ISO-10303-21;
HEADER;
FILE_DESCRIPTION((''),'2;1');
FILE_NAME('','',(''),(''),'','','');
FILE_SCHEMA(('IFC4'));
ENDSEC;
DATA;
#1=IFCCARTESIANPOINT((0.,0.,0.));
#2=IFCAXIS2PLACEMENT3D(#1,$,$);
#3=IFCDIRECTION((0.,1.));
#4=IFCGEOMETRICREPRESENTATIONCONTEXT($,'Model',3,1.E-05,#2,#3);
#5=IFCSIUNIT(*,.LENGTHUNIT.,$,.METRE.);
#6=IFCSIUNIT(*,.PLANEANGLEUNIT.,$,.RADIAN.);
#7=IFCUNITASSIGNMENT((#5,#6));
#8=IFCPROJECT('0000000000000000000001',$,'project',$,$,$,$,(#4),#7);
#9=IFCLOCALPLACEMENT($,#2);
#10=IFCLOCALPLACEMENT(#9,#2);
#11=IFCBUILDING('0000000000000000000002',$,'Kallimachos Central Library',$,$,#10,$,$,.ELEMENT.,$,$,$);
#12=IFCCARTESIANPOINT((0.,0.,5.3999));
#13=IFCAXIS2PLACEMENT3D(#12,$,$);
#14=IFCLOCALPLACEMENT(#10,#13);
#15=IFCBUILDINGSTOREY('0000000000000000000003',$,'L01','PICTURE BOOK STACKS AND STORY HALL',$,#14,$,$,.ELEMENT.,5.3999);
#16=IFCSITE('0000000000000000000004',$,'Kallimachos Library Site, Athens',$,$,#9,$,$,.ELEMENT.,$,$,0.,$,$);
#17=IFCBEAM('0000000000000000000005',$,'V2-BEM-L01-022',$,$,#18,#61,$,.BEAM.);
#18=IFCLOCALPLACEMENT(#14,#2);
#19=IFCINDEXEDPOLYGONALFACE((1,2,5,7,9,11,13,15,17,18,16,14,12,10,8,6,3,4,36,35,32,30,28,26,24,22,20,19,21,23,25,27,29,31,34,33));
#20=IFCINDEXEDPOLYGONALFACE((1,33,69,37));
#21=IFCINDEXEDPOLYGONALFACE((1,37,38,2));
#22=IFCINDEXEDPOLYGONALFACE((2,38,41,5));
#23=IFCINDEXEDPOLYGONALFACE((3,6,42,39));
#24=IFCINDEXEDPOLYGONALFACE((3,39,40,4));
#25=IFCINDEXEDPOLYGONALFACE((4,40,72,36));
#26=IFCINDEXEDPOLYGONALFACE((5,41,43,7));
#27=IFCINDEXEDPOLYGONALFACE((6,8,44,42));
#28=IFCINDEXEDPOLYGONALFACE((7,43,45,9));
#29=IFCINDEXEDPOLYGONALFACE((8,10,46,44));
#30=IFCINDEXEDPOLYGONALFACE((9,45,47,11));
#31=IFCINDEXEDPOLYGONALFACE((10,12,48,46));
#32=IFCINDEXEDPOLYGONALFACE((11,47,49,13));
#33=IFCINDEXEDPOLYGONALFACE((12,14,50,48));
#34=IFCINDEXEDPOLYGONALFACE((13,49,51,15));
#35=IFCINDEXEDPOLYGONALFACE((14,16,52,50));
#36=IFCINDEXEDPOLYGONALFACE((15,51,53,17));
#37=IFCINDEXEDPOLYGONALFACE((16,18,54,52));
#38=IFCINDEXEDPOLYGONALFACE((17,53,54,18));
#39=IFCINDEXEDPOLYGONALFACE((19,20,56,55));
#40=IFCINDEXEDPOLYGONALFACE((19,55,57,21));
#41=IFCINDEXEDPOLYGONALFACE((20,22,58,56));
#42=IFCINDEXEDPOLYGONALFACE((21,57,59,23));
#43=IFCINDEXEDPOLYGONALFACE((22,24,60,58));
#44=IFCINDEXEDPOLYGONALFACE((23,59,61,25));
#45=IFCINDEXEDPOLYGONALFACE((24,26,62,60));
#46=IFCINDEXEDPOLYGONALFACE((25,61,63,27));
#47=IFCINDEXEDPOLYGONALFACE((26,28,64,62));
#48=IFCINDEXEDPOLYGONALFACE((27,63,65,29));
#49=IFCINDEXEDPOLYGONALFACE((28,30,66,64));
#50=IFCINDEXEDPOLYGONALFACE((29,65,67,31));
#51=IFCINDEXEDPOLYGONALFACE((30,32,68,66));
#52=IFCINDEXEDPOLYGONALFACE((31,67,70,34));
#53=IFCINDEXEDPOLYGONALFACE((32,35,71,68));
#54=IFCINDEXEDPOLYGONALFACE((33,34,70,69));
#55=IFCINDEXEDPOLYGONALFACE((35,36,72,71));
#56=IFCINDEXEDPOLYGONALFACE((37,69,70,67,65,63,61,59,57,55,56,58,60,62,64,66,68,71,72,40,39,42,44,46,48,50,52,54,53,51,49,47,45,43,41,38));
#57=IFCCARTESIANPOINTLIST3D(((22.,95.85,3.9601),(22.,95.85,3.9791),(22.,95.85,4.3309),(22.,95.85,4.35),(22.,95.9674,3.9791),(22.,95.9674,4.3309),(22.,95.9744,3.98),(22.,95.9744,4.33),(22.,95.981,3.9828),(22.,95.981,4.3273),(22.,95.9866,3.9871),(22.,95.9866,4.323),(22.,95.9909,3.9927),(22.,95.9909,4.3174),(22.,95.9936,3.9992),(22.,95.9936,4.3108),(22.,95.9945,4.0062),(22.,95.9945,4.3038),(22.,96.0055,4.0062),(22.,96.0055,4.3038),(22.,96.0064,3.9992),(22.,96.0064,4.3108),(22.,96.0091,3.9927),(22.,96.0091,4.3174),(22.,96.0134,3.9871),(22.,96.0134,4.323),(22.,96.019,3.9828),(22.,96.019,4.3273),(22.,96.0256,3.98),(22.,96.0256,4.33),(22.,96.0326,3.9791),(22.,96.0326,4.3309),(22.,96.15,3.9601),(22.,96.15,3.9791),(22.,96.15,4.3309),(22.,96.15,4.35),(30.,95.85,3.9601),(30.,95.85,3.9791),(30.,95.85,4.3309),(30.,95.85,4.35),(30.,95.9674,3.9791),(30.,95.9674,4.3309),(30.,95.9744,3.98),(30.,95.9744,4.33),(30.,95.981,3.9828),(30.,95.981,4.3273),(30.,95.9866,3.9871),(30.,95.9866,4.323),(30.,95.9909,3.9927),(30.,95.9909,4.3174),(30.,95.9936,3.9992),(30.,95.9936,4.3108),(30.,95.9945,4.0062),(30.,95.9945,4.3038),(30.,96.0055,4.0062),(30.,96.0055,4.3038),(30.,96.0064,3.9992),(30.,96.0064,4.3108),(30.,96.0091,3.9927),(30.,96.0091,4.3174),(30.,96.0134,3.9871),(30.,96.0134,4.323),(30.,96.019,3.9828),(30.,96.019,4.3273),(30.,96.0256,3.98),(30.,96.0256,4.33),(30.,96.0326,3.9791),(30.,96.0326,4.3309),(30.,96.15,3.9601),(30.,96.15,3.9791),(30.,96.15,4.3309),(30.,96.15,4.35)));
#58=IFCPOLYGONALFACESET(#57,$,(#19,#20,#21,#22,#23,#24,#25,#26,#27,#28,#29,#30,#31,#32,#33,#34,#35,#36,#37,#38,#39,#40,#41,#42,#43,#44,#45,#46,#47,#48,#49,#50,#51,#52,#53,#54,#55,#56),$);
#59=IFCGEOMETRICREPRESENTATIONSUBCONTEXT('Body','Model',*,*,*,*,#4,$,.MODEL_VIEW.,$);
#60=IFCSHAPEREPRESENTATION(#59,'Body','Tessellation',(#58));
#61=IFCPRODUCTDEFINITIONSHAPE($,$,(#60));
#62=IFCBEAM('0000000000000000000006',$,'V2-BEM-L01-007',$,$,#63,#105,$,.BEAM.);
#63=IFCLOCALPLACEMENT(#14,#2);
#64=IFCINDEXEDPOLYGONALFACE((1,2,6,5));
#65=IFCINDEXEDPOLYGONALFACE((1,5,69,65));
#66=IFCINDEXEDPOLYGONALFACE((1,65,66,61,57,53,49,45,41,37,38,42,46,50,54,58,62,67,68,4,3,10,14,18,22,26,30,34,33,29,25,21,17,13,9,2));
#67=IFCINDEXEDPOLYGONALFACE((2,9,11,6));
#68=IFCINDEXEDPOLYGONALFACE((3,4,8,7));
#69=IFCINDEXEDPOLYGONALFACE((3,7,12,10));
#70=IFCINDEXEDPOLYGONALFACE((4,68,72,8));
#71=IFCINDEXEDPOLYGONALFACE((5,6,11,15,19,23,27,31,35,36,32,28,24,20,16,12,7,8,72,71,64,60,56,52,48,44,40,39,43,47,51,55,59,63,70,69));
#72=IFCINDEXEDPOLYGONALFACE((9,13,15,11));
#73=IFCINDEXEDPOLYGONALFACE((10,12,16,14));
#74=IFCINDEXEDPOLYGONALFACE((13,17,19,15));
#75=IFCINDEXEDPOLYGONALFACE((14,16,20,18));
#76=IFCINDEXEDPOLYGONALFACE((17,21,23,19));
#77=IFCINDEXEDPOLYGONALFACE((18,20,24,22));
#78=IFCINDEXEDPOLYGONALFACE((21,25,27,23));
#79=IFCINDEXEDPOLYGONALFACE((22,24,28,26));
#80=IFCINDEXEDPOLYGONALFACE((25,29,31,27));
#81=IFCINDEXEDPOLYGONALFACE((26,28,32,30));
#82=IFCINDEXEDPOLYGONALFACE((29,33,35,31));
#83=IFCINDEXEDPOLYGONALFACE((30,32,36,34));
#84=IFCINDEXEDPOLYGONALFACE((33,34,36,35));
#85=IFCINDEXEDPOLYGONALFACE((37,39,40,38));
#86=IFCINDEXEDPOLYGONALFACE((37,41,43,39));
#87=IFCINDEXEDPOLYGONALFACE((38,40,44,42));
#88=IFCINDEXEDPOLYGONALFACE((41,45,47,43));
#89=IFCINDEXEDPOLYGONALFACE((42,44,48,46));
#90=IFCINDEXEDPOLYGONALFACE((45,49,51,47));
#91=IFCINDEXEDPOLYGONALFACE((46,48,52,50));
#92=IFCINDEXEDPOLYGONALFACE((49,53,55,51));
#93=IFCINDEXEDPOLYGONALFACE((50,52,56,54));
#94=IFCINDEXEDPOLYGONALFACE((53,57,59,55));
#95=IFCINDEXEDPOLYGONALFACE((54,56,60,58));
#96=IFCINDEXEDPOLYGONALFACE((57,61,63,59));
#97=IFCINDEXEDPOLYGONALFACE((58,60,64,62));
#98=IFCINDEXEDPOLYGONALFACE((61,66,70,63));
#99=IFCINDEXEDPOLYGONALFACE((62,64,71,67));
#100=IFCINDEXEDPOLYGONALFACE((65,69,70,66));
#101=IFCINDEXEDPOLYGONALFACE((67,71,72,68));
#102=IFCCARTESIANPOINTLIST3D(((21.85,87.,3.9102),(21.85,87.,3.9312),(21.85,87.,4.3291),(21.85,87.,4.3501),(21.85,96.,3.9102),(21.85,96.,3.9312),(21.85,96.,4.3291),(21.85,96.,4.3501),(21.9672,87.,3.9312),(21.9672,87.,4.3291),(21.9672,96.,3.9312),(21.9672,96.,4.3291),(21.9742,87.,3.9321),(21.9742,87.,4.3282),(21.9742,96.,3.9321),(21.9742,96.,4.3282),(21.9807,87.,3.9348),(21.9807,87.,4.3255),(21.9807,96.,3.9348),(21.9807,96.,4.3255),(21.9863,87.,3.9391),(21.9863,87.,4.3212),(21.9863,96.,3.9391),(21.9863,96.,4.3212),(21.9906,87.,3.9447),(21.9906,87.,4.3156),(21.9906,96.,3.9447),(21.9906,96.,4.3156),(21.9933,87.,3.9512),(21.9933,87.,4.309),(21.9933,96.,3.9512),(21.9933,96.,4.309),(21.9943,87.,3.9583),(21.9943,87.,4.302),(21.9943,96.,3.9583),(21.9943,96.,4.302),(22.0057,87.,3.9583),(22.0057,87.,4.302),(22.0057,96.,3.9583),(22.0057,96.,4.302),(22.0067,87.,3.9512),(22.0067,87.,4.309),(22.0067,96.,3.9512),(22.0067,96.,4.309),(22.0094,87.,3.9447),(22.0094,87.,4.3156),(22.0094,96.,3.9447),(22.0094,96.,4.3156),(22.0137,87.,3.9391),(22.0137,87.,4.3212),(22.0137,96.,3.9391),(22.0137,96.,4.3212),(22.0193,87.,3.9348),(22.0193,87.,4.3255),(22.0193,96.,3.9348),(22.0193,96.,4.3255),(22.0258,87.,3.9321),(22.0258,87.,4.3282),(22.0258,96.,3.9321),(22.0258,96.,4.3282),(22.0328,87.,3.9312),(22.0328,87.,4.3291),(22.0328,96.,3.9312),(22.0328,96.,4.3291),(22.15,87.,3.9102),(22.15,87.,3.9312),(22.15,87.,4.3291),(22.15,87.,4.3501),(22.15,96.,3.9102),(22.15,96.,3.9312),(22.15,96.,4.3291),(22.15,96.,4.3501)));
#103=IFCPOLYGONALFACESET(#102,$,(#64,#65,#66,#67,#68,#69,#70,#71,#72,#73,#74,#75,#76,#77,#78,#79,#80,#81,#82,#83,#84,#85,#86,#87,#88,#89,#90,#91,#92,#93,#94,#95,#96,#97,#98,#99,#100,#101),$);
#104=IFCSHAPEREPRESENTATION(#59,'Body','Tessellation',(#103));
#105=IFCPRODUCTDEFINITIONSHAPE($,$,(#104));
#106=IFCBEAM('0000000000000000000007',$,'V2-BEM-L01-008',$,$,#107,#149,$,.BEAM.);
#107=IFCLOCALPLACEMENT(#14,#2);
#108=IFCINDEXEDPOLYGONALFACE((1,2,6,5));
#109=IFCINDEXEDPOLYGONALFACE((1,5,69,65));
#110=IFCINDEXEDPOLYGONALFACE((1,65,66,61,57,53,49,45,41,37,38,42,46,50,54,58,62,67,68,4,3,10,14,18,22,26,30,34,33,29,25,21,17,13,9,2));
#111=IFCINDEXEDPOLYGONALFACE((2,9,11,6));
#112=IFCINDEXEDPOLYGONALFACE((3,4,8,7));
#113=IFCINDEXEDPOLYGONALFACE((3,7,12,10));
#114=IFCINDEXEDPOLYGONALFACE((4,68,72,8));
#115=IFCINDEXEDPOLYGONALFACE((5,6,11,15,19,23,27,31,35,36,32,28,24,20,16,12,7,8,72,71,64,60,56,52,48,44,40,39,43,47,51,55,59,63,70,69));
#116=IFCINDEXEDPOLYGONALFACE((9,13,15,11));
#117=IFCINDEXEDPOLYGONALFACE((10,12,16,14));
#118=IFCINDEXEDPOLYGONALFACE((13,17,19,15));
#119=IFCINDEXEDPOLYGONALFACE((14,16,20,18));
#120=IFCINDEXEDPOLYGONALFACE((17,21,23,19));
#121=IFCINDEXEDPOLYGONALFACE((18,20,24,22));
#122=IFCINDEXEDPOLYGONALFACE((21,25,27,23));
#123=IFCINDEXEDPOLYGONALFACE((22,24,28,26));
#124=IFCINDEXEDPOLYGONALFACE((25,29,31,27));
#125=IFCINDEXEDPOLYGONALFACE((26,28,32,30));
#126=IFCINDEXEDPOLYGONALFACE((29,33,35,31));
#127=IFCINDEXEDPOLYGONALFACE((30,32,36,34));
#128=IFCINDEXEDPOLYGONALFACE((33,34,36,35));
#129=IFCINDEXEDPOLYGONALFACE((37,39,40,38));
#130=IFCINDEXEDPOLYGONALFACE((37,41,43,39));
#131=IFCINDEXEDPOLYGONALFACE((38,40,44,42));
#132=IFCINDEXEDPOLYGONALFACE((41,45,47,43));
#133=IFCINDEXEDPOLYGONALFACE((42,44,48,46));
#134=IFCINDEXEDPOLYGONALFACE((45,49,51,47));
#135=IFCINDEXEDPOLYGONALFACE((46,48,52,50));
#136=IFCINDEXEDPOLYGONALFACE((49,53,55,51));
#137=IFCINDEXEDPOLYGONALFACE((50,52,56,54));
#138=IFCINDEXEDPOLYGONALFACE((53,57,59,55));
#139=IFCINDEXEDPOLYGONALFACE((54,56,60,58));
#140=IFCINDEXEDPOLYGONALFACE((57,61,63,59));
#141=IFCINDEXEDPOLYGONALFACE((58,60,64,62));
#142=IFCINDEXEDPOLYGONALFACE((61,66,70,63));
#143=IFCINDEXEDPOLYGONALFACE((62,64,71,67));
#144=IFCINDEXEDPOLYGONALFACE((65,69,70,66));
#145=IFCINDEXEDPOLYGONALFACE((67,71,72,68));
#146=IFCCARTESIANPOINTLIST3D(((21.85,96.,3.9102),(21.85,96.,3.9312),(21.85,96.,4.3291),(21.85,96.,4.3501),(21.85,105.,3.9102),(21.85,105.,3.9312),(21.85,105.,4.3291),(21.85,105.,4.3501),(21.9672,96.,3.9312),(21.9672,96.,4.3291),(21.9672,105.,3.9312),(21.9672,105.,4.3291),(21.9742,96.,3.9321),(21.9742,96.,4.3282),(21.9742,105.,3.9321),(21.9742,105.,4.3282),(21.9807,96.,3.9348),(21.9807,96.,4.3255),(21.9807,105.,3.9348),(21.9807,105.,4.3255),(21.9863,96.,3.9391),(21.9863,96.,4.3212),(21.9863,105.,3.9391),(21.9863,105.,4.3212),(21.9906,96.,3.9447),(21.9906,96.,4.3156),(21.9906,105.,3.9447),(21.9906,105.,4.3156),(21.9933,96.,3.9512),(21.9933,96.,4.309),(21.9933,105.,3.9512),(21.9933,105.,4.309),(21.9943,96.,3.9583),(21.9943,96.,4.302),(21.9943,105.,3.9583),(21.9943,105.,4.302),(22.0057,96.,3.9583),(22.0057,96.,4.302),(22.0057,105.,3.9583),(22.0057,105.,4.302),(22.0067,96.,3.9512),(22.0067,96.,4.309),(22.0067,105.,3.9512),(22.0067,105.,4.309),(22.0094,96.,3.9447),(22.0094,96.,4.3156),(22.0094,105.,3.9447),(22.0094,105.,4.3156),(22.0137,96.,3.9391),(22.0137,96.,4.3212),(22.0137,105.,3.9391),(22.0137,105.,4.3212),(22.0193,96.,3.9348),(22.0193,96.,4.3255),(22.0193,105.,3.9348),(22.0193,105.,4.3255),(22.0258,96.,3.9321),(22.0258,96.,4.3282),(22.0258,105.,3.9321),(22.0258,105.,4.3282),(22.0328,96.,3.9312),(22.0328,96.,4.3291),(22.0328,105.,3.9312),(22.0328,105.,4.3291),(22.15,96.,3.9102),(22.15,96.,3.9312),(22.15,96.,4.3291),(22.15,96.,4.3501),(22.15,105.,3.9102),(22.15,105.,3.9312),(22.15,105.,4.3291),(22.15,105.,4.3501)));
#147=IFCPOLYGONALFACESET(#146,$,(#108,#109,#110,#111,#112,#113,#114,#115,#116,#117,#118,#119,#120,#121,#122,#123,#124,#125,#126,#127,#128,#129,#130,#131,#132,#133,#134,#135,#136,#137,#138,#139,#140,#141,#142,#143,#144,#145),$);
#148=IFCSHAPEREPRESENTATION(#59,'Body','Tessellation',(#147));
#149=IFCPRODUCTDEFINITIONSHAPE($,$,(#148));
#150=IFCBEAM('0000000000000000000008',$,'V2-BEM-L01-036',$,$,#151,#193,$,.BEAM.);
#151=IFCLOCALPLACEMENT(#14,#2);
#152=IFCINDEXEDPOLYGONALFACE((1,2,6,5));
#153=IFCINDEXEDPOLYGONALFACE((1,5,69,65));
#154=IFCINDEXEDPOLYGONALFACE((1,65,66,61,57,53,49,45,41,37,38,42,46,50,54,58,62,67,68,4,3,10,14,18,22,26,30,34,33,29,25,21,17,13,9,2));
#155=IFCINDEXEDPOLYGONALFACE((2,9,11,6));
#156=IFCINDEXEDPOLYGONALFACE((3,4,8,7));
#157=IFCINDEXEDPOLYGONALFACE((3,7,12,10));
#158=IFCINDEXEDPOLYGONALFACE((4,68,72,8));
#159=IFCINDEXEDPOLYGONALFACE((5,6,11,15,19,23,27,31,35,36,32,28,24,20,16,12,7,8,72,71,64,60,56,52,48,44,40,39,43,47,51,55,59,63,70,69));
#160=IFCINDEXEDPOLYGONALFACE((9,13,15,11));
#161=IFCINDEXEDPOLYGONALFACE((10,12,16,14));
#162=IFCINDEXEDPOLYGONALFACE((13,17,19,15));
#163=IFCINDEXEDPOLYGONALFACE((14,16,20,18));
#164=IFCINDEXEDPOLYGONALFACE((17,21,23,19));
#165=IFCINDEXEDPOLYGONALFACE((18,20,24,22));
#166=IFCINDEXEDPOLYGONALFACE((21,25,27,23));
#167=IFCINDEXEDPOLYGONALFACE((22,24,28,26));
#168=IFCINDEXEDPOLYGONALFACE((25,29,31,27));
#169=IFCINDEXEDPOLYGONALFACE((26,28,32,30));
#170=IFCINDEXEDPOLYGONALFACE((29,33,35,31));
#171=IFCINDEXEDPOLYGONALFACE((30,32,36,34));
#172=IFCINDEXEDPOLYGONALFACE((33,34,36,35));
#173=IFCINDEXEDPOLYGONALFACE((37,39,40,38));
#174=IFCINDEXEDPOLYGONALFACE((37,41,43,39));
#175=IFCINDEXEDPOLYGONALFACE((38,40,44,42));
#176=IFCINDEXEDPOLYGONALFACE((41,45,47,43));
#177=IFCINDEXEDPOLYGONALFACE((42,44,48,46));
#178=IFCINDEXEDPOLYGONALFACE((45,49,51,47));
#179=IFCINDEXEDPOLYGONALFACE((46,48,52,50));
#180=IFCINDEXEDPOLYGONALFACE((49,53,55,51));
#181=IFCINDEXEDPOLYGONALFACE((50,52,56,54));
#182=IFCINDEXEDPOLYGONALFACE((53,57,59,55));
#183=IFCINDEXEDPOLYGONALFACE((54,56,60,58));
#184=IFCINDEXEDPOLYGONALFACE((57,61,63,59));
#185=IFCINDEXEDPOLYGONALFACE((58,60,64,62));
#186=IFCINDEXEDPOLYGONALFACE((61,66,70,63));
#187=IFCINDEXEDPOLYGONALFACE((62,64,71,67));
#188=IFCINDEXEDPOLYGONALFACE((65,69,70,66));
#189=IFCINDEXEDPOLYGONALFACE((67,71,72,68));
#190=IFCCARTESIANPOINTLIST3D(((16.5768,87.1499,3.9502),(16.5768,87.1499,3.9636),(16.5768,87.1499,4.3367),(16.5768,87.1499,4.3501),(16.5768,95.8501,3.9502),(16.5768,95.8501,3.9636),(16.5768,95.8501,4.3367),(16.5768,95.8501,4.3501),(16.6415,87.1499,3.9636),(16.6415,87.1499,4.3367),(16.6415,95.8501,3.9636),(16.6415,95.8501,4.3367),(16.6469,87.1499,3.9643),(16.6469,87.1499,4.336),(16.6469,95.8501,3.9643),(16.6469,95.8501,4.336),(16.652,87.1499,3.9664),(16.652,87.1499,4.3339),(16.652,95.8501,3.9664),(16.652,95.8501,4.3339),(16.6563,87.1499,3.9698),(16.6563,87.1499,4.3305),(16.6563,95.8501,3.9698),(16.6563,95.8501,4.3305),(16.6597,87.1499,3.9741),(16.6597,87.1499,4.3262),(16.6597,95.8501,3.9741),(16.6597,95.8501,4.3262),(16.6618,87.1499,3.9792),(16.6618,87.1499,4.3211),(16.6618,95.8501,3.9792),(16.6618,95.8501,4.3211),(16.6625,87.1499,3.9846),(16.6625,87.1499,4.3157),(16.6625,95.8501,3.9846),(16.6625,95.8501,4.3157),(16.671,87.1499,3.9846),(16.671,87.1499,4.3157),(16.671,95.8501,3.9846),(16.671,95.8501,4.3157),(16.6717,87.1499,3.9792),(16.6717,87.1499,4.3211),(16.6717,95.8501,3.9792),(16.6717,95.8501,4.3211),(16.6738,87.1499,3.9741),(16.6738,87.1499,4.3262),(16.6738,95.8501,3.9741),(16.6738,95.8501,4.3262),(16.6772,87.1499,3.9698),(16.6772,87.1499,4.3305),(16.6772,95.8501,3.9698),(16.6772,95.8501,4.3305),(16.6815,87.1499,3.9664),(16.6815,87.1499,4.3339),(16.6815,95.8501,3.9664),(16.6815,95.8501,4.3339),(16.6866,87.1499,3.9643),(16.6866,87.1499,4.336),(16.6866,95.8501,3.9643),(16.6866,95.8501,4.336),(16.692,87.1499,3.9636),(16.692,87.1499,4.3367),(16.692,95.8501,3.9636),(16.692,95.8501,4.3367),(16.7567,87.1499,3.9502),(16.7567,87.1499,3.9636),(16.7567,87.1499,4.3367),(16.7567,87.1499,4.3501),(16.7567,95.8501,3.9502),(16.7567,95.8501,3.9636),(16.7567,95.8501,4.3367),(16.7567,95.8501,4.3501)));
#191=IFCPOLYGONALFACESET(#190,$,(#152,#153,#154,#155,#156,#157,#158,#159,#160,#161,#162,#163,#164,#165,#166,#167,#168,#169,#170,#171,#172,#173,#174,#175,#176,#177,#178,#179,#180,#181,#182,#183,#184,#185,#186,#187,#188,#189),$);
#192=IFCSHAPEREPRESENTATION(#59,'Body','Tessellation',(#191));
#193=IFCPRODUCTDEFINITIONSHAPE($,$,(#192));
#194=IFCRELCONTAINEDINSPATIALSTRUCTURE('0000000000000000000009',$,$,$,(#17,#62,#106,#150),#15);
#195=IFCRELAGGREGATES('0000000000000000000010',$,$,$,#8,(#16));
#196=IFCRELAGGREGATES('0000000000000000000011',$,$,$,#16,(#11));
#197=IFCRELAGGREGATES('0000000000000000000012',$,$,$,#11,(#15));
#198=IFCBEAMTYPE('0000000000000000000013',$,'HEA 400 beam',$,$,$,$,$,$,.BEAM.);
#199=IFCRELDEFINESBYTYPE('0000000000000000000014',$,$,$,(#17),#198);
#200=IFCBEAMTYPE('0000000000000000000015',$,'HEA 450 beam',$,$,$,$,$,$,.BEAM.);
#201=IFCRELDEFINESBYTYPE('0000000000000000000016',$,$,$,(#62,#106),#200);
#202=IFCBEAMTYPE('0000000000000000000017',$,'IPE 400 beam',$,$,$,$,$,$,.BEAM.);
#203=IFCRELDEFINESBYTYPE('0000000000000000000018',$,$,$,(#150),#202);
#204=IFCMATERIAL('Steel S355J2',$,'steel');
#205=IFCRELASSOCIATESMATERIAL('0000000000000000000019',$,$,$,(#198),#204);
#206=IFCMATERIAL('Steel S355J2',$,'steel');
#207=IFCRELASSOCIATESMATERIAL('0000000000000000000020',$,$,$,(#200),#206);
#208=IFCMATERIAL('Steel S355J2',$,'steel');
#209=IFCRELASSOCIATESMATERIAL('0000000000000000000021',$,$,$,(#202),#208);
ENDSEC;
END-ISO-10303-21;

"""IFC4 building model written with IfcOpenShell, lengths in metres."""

from ifc_helpers import new_model, si_unit, direction, frame, origin, origin_2d, place, context, subcontext, project, spatial, i_section, extrude, material, material_profile, profile_set, type_object, element, save


model = new_model("IFC4")

# Units and contexts
model_context = context("Model", 3, precision=1e-05, world=origin(), true_north=direction((0.0, 1.0)))
body_context = subcontext(model_context, "Body", "Model", "MODEL_VIEW")
ifc_project = project(units=[si_unit("LENGTHUNIT", "METRE"), si_unit("PLANEANGLEUNIT", "RADIAN")], contexts=[model_context])

# Site, building, storey
site_placement = place(None, origin())
site = spatial("IfcSite", under=ifc_project, at=site_placement, Name="Kallimachos Library Site, Athens", CompositionType="ELEMENT", RefElevation=0.0)
building_placement = place(site_placement, origin())
building = spatial("IfcBuilding", under=site, at=building_placement, Name="Kallimachos Central Library", CompositionType="ELEMENT")
storey_placement = place(building_placement, frame((0.0, 0.0, 5.3999)))
storey = spatial("IfcBuildingStorey", under=building, at=storey_placement, Name="L01", Description="PICTURE BOOK STACKS AND STORY HALL", CompositionType="ELEMENT", Elevation=5.3999)

# Beams
ifc_material_1 = material(Name="Steel S355J2", Category="steel")
ifc_material_profile_1 = material_profile(ifc_material_1, i_section(OverallWidth=0.3, OverallDepth=0.3899, WebThickness=0.011, FlangeThickness=0.019, FilletRadius=0.0271, at=origin_2d()), Name="HEA 400")
ifc_profile_set_1 = profile_set([ifc_material_profile_1], Name="Steel S355J2")
beam_type_1 = type_object("IfcBeamType", Name="HEA 400 beam", PredefinedType="BEAM", material=ifc_profile_set_1)
for number, where, z_axis, x_axis, name in (
    (1, (22.0, 96.0, 4.155), (1.0, 0.0, 0.0), (0.0, 1.0, 0.0), "V2-BEM-L01-022"),
):
    element("IfcBeam", number, at=place(storey_placement, frame(where, z_axis=z_axis, x_axis=x_axis)), inside=storey, type_object=beam_type_1, Name=name, PredefinedType="BEAM", context=body_context, shape_type="SweptSolid", body=[
        extrude(i_section(OverallWidth=0.3, OverallDepth=0.3899, WebThickness=0.011, FlangeThickness=0.019, FilletRadius=0.0271, at=origin_2d()), origin(), (0.0, 0.0, 1.0), 8.0),
    ])
ifc_material_2 = material(Name="Steel S355J2", Category="steel")
ifc_material_profile_2 = material_profile(ifc_material_2, i_section(OverallWidth=0.3, OverallDepth=0.4399, WebThickness=0.0115, FlangeThickness=0.021, FilletRadius=0.0271, at=origin_2d()), Name="HEA 450")
ifc_profile_set_2 = profile_set([ifc_material_profile_2], Name="Steel S355J2")
beam_type_2 = type_object("IfcBeamType", Name="HEA 450 beam", PredefinedType="BEAM", material=ifc_profile_set_2)
for number, where, z_axis, x_axis, name in (
    (2, (22.0, 87.0, 4.1301), (0.0, 1.0, 0.0), (-1.0, 0.0, 0.0), "V2-BEM-L01-007"),
    (3, (22.0, 96.0, 4.1301), (0.0, 1.0, 0.0), (-1.0, 0.0, 0.0), "V2-BEM-L01-008"),
):
    element("IfcBeam", number, at=place(storey_placement, frame(where, z_axis=z_axis, x_axis=x_axis)), inside=storey, type_object=beam_type_2, Name=name, PredefinedType="BEAM", context=body_context, shape_type="SweptSolid", body=[
        extrude(i_section(OverallWidth=0.3, OverallDepth=0.4399, WebThickness=0.0115, FlangeThickness=0.021, FilletRadius=0.0271, at=origin_2d()), origin(), (0.0, 0.0, 1.0), 9.0),
    ])
ifc_material_3 = material(Name="Steel S355J2", Category="steel")
ifc_material_profile_3 = material_profile(ifc_material_3, i_section(OverallWidth=0.1799, OverallDepth=0.3999, WebThickness=0.0085, FlangeThickness=0.0134, FilletRadius=0.021, at=origin_2d()), Name="IPE 400")
ifc_profile_set_3 = profile_set([ifc_material_profile_3], Name="Steel S355J2")
beam_type_3 = type_object("IfcBeamType", Name="IPE 400 beam", PredefinedType="BEAM", material=ifc_profile_set_3)
for number, where, z_axis, x_axis, name in (
    (4, (16.6667, 87.1499, 4.1501), (0.0, 1.0, 0.0), (-1.0, 0.0, 0.0), "V2-BEM-L01-036"),
):
    element("IfcBeam", number, at=place(storey_placement, frame(where, z_axis=z_axis, x_axis=x_axis)), inside=storey, type_object=beam_type_3, Name=name, PredefinedType="BEAM", context=body_context, shape_type="SweptSolid", body=[
        extrude(i_section(OverallWidth=0.1799, OverallDepth=0.3999, WebThickness=0.0085, FlangeThickness=0.0134, FilletRadius=0.021, at=origin_2d()), origin(), (0.0, 0.0, 1.0), 8.7002),
    ])

save(model, "model.ifc")
